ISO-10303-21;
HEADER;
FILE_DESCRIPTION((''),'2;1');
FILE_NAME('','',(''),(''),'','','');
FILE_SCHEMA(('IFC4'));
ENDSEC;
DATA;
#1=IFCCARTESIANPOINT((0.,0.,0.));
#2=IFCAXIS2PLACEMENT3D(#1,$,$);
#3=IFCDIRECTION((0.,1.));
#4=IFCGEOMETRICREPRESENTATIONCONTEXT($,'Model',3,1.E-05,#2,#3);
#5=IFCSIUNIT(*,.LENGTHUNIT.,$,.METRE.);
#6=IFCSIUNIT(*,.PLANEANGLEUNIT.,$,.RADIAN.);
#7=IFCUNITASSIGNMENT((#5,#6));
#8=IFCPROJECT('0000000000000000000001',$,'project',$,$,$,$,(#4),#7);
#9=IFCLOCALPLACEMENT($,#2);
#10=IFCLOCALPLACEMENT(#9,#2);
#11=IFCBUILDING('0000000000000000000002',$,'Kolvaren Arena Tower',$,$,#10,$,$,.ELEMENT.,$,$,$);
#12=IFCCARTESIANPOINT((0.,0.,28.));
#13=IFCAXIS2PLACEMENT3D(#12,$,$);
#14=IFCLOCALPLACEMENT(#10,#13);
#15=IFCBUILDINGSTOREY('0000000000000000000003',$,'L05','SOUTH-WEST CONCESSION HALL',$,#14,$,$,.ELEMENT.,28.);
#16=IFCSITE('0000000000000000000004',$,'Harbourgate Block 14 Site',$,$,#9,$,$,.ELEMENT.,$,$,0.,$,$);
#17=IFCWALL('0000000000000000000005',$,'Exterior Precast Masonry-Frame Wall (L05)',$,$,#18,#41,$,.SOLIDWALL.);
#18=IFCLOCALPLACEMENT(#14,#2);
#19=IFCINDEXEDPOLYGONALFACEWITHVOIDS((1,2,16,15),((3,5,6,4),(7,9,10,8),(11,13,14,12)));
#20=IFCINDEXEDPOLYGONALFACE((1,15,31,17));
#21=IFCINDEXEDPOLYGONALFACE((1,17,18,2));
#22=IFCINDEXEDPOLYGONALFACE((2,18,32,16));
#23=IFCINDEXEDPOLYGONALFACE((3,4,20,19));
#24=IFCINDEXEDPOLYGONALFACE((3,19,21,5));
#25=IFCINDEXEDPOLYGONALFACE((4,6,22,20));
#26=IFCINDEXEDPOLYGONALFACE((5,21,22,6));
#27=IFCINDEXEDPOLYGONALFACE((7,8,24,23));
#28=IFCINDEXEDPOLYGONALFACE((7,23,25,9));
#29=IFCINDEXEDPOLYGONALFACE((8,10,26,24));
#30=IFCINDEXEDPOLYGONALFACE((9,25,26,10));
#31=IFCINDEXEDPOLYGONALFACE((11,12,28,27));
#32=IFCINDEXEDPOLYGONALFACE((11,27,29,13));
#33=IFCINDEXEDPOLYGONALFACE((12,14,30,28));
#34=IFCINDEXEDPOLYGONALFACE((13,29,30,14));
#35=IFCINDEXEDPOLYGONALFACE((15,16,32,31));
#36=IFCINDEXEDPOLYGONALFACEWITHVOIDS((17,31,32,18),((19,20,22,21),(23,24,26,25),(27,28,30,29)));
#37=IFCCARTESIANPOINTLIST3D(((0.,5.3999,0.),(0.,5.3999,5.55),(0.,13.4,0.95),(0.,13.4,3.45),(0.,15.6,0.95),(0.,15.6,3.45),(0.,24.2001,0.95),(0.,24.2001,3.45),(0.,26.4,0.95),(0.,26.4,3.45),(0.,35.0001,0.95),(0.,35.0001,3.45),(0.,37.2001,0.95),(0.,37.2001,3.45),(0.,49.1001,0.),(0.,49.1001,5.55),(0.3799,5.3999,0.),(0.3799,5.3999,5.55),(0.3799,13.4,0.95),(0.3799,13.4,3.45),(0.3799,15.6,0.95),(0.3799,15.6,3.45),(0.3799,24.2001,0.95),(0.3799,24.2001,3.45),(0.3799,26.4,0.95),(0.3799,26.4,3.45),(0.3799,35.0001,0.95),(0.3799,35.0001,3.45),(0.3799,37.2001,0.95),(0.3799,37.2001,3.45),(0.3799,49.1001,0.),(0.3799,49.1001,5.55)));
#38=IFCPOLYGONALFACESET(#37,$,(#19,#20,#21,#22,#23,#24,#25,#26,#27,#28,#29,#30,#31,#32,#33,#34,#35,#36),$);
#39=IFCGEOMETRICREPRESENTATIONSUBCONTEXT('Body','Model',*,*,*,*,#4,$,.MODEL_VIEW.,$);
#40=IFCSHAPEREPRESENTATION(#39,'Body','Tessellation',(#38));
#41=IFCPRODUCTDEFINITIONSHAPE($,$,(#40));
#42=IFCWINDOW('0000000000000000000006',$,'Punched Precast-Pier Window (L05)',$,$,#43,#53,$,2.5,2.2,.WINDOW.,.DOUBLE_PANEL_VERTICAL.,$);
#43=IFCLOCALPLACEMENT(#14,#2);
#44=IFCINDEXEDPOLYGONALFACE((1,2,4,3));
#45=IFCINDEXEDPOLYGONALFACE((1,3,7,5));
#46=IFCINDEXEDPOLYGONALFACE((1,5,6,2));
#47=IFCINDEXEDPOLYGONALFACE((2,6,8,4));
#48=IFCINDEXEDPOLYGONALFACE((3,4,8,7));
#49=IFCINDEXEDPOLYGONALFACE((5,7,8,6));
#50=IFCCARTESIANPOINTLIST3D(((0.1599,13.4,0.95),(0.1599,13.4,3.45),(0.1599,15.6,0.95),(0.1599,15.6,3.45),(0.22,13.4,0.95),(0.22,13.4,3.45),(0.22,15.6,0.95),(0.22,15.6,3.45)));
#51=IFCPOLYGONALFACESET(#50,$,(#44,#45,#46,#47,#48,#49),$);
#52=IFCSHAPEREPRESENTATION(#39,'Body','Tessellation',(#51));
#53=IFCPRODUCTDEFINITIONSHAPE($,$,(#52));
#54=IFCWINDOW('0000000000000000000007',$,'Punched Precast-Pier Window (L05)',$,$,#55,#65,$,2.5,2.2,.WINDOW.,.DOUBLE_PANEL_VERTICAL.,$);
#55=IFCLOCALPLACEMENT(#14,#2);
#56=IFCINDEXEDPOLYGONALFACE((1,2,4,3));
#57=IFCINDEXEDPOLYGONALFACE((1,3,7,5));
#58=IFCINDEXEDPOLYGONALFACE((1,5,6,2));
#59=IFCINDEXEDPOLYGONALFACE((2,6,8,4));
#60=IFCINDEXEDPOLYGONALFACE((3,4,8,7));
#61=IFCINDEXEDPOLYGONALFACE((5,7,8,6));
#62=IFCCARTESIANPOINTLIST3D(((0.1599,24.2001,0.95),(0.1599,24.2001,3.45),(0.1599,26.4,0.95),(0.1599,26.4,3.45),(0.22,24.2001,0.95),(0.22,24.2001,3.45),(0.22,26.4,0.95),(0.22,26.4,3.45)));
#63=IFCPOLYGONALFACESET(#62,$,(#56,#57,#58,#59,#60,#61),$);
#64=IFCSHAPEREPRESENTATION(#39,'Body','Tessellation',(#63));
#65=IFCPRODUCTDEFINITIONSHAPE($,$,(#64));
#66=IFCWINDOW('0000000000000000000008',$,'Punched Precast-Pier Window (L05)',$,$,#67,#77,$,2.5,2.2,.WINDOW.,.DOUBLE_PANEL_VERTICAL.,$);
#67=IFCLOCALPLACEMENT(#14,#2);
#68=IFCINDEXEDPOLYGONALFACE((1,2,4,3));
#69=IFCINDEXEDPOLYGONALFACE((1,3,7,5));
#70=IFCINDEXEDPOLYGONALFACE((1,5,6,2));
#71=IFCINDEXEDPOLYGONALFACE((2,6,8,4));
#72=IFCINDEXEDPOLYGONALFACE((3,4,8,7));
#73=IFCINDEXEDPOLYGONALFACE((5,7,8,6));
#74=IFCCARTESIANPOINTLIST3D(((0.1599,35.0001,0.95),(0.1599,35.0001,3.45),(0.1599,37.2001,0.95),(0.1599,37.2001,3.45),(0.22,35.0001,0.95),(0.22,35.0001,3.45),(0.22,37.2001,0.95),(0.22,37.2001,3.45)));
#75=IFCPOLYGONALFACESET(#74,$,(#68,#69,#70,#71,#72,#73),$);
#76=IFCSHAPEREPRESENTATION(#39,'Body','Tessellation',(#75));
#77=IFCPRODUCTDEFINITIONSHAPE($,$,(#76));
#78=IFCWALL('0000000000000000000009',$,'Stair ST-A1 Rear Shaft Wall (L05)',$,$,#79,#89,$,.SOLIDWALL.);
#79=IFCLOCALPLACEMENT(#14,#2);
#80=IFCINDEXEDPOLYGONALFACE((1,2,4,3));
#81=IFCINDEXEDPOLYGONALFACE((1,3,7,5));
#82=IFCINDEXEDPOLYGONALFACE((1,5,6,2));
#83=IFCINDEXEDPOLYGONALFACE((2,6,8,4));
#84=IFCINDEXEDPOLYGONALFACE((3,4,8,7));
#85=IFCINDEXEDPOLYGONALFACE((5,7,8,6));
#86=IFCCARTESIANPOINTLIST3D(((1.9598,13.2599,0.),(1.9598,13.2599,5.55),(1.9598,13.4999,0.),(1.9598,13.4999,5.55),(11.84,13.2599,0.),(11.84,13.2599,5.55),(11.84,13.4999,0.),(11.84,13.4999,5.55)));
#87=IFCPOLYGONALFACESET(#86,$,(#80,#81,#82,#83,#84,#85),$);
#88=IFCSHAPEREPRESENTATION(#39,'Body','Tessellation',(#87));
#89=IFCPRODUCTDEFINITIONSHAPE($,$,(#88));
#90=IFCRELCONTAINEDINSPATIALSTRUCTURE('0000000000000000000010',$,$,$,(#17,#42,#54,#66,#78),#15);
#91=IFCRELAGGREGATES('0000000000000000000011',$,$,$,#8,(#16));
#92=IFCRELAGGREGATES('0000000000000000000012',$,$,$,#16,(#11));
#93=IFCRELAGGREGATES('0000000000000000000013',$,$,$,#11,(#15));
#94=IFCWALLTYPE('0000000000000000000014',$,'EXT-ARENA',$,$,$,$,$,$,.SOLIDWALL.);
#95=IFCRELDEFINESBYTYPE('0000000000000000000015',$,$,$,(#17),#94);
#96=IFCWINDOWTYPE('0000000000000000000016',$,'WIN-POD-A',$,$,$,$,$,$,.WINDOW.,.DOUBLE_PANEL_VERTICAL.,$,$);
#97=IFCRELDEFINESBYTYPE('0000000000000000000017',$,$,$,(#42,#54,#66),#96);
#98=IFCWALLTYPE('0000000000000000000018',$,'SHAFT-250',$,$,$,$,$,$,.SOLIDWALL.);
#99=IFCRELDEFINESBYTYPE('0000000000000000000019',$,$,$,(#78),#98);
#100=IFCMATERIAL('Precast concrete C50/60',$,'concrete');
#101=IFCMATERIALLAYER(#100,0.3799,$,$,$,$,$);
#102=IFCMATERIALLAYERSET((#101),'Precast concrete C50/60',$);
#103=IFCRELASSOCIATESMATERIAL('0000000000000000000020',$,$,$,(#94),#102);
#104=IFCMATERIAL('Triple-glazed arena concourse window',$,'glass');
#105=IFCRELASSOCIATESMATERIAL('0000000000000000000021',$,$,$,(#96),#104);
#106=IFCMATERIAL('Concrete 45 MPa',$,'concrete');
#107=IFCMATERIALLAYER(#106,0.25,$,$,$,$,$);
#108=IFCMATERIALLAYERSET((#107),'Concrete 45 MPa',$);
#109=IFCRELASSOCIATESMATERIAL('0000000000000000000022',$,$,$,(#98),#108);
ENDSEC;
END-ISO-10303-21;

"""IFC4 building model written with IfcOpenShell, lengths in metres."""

from ifc_helpers import new_model, si_unit, direction, frame, frame_2d, origin, place, context, subcontext, project, spatial, rectangle, extrude, material, layer, layer_set, type_object, element, fill, save


model = new_model("IFC4")

# Units and contexts
model_context = context("Model", 3, precision=1e-05, world=origin(), true_north=direction((0.0, 1.0)))
body_context = subcontext(model_context, "Body", "Model", "MODEL_VIEW")
ifc_project = project(units=[si_unit("LENGTHUNIT", "METRE"), si_unit("PLANEANGLEUNIT", "RADIAN")], contexts=[model_context])

# Site, building, storey
site_placement = place(None, origin())
site = spatial("IfcSite", under=ifc_project, at=site_placement, Name="Harbourgate Block 14 Site", CompositionType="ELEMENT", RefElevation=0.0)
building_placement = place(site_placement, origin())
building = spatial("IfcBuilding", under=site, at=building_placement, Name="Kolvaren Arena Tower", CompositionType="ELEMENT")
storey_placement = place(building_placement, frame((0.0, 0.0, 28.0)))
storey = spatial("IfcBuildingStorey", under=building, at=storey_placement, Name="L05", Description="SOUTH-WEST CONCESSION HALL", CompositionType="ELEMENT", Elevation=28.0)

# Wall, openings, windows
ifc_material_1 = material(Name="Precast concrete C50/60", Category="concrete")
ifc_layer_1 = layer(ifc_material_1, 0.3799)
ifc_layer_set_1 = layer_set([ifc_layer_1], Name="Precast concrete C50/60")
wall_type_1 = type_object("IfcWallType", Name="EXT-ARENA", PredefinedType="SOLIDWALL", material=ifc_layer_set_1)
wall_1_placement = place(storey_placement, frame((0.1899, 5.3999, 0.0), z_axis=(0.0, 0.0, 1.0), x_axis=(0.0, 1.0, 0.0)))
wall_1 = element("IfcWall", 1, at=wall_1_placement, inside=storey, type_object=wall_type_1, Name="Exterior Precast Masonry-Frame Wall (L05)", PredefinedType="SOLIDWALL", context=body_context, shape_type="SweptSolid", body=[
    extrude(rectangle(XDim=43.7002, YDim=0.3799, at=frame_2d((21.8501, 0.0))), origin(), (0.0, 0.0, 1.0), 5.55),
])
opening_1_placement = place(wall_1_placement, frame((8.0, 0.0, 0.95)))
opening_1 = element("IfcOpeningElement", 2, at=opening_1_placement, cuts=wall_1, PredefinedType="OPENING", context=body_context, shape_type="SweptSolid", body=[
    extrude(rectangle(XDim=2.2, YDim=2.5, at=frame_2d((1.1001, 1.25))), frame((0.0, 0.2, 0.0), z_axis=(0.0, -1.0, 0.0), x_axis=(1.0, 0.0, 0.0)), (0.0, 0.0, 1.0), 0.3999),
])
opening_2_placement = place(wall_1_placement, frame((18.8, 0.0, 0.95)))
opening_2 = element("IfcOpeningElement", 3, at=opening_2_placement, cuts=wall_1, PredefinedType="OPENING", context=body_context, shape_type="SweptSolid", body=[
    extrude(rectangle(XDim=2.2, YDim=2.5, at=frame_2d((1.1001, 1.25))), frame((0.0, 0.2, 0.0), z_axis=(0.0, -1.0, 0.0), x_axis=(1.0, 0.0, 0.0)), (0.0, 0.0, 1.0), 0.3999),
])
opening_3_placement = place(wall_1_placement, frame((29.6001, 0.0, 0.95)))
opening_3 = element("IfcOpeningElement", 4, at=opening_3_placement, cuts=wall_1, PredefinedType="OPENING", context=body_context, shape_type="SweptSolid", body=[
    extrude(rectangle(XDim=2.2, YDim=2.5, at=frame_2d((1.1001, 1.25))), frame((0.0, 0.2, 0.0), z_axis=(0.0, -1.0, 0.0), x_axis=(1.0, 0.0, 0.0)), (0.0, 0.0, 1.0), 0.3999),
])
ifc_material_2 = material(Name="Triple-glazed arena concourse window", Category="glass")
window_type = type_object("IfcWindowType", Name="WIN-POD-A", PartitioningType="DOUBLE_PANEL_VERTICAL", PredefinedType="WINDOW", material=ifc_material_2)
window_1_placement = place(opening_1_placement, origin())
window_1 = element("IfcWindow", 5, at=window_1_placement, inside=storey, type_object=window_type, Name="Punched Precast-Pier Window (L05)", OverallHeight=2.5, OverallWidth=2.2, PartitioningType="DOUBLE_PANEL_VERTICAL", PredefinedType="WINDOW", context=body_context, shape_type="SweptSolid", body=[
    extrude(rectangle(XDim=2.2, YDim=2.5, at=frame_2d((1.1001, 1.25))), frame((0.0, 0.03, 0.0), z_axis=(0.0, -1.0, 0.0), x_axis=(1.0, 0.0, 0.0)), (0.0, 0.0, 1.0), 0.0601),
])
fill(opening_1, window_1)
window_2_placement = place(opening_2_placement, origin())
window_2 = element("IfcWindow", 6, at=window_2_placement, inside=storey, type_object=window_type, Name="Punched Precast-Pier Window (L05)", OverallHeight=2.5, OverallWidth=2.2, PartitioningType="DOUBLE_PANEL_VERTICAL", PredefinedType="WINDOW", context=body_context, shape_type="SweptSolid", body=[
    extrude(rectangle(XDim=2.2, YDim=2.5, at=frame_2d((1.1001, 1.25))), frame((0.0, 0.03, 0.0), z_axis=(0.0, -1.0, 0.0), x_axis=(1.0, 0.0, 0.0)), (0.0, 0.0, 1.0), 0.0601),
])
fill(opening_2, window_2)
window_3_placement = place(opening_3_placement, origin())
window_3 = element("IfcWindow", 7, at=window_3_placement, inside=storey, type_object=window_type, Name="Punched Precast-Pier Window (L05)", OverallHeight=2.5, OverallWidth=2.2, PartitioningType="DOUBLE_PANEL_VERTICAL", PredefinedType="WINDOW", context=body_context, shape_type="SweptSolid", body=[
    extrude(rectangle(XDim=2.2, YDim=2.5, at=frame_2d((1.1001, 1.25))), frame((0.0, 0.03, 0.0), z_axis=(0.0, -1.0, 0.0), x_axis=(1.0, 0.0, 0.0)), (0.0, 0.0, 1.0), 0.0601),
])
fill(opening_3, window_3)

# Wall
ifc_material_3 = material(Name="Concrete 45 MPa", Category="concrete")
ifc_layer_2 = layer(ifc_material_3, 0.25)
ifc_layer_set_2 = layer_set([ifc_layer_2], Name="Concrete 45 MPa")
wall_type_2 = type_object("IfcWallType", Name="SHAFT-250", PredefinedType="SOLIDWALL", material=ifc_layer_set_2)
wall_2_placement = place(storey_placement, frame((1.96, 13.3799, 0.0), z_axis=(0.0, 0.0, 1.0), x_axis=(1.0, 0.0, 0.0)))
element("IfcWall", 8, at=wall_2_placement, inside=storey, type_object=wall_type_2, Name="Stair ST-A1 Rear Shaft Wall (L05)", PredefinedType="SOLIDWALL", context=body_context, shape_type="SweptSolid", body=[
    extrude(rectangle(XDim=9.8801, YDim=0.24, at=frame_2d((4.9399, 0.0))), origin(), (0.0, 0.0, 1.0), 5.55),
])

save(model, "model.ifc")
